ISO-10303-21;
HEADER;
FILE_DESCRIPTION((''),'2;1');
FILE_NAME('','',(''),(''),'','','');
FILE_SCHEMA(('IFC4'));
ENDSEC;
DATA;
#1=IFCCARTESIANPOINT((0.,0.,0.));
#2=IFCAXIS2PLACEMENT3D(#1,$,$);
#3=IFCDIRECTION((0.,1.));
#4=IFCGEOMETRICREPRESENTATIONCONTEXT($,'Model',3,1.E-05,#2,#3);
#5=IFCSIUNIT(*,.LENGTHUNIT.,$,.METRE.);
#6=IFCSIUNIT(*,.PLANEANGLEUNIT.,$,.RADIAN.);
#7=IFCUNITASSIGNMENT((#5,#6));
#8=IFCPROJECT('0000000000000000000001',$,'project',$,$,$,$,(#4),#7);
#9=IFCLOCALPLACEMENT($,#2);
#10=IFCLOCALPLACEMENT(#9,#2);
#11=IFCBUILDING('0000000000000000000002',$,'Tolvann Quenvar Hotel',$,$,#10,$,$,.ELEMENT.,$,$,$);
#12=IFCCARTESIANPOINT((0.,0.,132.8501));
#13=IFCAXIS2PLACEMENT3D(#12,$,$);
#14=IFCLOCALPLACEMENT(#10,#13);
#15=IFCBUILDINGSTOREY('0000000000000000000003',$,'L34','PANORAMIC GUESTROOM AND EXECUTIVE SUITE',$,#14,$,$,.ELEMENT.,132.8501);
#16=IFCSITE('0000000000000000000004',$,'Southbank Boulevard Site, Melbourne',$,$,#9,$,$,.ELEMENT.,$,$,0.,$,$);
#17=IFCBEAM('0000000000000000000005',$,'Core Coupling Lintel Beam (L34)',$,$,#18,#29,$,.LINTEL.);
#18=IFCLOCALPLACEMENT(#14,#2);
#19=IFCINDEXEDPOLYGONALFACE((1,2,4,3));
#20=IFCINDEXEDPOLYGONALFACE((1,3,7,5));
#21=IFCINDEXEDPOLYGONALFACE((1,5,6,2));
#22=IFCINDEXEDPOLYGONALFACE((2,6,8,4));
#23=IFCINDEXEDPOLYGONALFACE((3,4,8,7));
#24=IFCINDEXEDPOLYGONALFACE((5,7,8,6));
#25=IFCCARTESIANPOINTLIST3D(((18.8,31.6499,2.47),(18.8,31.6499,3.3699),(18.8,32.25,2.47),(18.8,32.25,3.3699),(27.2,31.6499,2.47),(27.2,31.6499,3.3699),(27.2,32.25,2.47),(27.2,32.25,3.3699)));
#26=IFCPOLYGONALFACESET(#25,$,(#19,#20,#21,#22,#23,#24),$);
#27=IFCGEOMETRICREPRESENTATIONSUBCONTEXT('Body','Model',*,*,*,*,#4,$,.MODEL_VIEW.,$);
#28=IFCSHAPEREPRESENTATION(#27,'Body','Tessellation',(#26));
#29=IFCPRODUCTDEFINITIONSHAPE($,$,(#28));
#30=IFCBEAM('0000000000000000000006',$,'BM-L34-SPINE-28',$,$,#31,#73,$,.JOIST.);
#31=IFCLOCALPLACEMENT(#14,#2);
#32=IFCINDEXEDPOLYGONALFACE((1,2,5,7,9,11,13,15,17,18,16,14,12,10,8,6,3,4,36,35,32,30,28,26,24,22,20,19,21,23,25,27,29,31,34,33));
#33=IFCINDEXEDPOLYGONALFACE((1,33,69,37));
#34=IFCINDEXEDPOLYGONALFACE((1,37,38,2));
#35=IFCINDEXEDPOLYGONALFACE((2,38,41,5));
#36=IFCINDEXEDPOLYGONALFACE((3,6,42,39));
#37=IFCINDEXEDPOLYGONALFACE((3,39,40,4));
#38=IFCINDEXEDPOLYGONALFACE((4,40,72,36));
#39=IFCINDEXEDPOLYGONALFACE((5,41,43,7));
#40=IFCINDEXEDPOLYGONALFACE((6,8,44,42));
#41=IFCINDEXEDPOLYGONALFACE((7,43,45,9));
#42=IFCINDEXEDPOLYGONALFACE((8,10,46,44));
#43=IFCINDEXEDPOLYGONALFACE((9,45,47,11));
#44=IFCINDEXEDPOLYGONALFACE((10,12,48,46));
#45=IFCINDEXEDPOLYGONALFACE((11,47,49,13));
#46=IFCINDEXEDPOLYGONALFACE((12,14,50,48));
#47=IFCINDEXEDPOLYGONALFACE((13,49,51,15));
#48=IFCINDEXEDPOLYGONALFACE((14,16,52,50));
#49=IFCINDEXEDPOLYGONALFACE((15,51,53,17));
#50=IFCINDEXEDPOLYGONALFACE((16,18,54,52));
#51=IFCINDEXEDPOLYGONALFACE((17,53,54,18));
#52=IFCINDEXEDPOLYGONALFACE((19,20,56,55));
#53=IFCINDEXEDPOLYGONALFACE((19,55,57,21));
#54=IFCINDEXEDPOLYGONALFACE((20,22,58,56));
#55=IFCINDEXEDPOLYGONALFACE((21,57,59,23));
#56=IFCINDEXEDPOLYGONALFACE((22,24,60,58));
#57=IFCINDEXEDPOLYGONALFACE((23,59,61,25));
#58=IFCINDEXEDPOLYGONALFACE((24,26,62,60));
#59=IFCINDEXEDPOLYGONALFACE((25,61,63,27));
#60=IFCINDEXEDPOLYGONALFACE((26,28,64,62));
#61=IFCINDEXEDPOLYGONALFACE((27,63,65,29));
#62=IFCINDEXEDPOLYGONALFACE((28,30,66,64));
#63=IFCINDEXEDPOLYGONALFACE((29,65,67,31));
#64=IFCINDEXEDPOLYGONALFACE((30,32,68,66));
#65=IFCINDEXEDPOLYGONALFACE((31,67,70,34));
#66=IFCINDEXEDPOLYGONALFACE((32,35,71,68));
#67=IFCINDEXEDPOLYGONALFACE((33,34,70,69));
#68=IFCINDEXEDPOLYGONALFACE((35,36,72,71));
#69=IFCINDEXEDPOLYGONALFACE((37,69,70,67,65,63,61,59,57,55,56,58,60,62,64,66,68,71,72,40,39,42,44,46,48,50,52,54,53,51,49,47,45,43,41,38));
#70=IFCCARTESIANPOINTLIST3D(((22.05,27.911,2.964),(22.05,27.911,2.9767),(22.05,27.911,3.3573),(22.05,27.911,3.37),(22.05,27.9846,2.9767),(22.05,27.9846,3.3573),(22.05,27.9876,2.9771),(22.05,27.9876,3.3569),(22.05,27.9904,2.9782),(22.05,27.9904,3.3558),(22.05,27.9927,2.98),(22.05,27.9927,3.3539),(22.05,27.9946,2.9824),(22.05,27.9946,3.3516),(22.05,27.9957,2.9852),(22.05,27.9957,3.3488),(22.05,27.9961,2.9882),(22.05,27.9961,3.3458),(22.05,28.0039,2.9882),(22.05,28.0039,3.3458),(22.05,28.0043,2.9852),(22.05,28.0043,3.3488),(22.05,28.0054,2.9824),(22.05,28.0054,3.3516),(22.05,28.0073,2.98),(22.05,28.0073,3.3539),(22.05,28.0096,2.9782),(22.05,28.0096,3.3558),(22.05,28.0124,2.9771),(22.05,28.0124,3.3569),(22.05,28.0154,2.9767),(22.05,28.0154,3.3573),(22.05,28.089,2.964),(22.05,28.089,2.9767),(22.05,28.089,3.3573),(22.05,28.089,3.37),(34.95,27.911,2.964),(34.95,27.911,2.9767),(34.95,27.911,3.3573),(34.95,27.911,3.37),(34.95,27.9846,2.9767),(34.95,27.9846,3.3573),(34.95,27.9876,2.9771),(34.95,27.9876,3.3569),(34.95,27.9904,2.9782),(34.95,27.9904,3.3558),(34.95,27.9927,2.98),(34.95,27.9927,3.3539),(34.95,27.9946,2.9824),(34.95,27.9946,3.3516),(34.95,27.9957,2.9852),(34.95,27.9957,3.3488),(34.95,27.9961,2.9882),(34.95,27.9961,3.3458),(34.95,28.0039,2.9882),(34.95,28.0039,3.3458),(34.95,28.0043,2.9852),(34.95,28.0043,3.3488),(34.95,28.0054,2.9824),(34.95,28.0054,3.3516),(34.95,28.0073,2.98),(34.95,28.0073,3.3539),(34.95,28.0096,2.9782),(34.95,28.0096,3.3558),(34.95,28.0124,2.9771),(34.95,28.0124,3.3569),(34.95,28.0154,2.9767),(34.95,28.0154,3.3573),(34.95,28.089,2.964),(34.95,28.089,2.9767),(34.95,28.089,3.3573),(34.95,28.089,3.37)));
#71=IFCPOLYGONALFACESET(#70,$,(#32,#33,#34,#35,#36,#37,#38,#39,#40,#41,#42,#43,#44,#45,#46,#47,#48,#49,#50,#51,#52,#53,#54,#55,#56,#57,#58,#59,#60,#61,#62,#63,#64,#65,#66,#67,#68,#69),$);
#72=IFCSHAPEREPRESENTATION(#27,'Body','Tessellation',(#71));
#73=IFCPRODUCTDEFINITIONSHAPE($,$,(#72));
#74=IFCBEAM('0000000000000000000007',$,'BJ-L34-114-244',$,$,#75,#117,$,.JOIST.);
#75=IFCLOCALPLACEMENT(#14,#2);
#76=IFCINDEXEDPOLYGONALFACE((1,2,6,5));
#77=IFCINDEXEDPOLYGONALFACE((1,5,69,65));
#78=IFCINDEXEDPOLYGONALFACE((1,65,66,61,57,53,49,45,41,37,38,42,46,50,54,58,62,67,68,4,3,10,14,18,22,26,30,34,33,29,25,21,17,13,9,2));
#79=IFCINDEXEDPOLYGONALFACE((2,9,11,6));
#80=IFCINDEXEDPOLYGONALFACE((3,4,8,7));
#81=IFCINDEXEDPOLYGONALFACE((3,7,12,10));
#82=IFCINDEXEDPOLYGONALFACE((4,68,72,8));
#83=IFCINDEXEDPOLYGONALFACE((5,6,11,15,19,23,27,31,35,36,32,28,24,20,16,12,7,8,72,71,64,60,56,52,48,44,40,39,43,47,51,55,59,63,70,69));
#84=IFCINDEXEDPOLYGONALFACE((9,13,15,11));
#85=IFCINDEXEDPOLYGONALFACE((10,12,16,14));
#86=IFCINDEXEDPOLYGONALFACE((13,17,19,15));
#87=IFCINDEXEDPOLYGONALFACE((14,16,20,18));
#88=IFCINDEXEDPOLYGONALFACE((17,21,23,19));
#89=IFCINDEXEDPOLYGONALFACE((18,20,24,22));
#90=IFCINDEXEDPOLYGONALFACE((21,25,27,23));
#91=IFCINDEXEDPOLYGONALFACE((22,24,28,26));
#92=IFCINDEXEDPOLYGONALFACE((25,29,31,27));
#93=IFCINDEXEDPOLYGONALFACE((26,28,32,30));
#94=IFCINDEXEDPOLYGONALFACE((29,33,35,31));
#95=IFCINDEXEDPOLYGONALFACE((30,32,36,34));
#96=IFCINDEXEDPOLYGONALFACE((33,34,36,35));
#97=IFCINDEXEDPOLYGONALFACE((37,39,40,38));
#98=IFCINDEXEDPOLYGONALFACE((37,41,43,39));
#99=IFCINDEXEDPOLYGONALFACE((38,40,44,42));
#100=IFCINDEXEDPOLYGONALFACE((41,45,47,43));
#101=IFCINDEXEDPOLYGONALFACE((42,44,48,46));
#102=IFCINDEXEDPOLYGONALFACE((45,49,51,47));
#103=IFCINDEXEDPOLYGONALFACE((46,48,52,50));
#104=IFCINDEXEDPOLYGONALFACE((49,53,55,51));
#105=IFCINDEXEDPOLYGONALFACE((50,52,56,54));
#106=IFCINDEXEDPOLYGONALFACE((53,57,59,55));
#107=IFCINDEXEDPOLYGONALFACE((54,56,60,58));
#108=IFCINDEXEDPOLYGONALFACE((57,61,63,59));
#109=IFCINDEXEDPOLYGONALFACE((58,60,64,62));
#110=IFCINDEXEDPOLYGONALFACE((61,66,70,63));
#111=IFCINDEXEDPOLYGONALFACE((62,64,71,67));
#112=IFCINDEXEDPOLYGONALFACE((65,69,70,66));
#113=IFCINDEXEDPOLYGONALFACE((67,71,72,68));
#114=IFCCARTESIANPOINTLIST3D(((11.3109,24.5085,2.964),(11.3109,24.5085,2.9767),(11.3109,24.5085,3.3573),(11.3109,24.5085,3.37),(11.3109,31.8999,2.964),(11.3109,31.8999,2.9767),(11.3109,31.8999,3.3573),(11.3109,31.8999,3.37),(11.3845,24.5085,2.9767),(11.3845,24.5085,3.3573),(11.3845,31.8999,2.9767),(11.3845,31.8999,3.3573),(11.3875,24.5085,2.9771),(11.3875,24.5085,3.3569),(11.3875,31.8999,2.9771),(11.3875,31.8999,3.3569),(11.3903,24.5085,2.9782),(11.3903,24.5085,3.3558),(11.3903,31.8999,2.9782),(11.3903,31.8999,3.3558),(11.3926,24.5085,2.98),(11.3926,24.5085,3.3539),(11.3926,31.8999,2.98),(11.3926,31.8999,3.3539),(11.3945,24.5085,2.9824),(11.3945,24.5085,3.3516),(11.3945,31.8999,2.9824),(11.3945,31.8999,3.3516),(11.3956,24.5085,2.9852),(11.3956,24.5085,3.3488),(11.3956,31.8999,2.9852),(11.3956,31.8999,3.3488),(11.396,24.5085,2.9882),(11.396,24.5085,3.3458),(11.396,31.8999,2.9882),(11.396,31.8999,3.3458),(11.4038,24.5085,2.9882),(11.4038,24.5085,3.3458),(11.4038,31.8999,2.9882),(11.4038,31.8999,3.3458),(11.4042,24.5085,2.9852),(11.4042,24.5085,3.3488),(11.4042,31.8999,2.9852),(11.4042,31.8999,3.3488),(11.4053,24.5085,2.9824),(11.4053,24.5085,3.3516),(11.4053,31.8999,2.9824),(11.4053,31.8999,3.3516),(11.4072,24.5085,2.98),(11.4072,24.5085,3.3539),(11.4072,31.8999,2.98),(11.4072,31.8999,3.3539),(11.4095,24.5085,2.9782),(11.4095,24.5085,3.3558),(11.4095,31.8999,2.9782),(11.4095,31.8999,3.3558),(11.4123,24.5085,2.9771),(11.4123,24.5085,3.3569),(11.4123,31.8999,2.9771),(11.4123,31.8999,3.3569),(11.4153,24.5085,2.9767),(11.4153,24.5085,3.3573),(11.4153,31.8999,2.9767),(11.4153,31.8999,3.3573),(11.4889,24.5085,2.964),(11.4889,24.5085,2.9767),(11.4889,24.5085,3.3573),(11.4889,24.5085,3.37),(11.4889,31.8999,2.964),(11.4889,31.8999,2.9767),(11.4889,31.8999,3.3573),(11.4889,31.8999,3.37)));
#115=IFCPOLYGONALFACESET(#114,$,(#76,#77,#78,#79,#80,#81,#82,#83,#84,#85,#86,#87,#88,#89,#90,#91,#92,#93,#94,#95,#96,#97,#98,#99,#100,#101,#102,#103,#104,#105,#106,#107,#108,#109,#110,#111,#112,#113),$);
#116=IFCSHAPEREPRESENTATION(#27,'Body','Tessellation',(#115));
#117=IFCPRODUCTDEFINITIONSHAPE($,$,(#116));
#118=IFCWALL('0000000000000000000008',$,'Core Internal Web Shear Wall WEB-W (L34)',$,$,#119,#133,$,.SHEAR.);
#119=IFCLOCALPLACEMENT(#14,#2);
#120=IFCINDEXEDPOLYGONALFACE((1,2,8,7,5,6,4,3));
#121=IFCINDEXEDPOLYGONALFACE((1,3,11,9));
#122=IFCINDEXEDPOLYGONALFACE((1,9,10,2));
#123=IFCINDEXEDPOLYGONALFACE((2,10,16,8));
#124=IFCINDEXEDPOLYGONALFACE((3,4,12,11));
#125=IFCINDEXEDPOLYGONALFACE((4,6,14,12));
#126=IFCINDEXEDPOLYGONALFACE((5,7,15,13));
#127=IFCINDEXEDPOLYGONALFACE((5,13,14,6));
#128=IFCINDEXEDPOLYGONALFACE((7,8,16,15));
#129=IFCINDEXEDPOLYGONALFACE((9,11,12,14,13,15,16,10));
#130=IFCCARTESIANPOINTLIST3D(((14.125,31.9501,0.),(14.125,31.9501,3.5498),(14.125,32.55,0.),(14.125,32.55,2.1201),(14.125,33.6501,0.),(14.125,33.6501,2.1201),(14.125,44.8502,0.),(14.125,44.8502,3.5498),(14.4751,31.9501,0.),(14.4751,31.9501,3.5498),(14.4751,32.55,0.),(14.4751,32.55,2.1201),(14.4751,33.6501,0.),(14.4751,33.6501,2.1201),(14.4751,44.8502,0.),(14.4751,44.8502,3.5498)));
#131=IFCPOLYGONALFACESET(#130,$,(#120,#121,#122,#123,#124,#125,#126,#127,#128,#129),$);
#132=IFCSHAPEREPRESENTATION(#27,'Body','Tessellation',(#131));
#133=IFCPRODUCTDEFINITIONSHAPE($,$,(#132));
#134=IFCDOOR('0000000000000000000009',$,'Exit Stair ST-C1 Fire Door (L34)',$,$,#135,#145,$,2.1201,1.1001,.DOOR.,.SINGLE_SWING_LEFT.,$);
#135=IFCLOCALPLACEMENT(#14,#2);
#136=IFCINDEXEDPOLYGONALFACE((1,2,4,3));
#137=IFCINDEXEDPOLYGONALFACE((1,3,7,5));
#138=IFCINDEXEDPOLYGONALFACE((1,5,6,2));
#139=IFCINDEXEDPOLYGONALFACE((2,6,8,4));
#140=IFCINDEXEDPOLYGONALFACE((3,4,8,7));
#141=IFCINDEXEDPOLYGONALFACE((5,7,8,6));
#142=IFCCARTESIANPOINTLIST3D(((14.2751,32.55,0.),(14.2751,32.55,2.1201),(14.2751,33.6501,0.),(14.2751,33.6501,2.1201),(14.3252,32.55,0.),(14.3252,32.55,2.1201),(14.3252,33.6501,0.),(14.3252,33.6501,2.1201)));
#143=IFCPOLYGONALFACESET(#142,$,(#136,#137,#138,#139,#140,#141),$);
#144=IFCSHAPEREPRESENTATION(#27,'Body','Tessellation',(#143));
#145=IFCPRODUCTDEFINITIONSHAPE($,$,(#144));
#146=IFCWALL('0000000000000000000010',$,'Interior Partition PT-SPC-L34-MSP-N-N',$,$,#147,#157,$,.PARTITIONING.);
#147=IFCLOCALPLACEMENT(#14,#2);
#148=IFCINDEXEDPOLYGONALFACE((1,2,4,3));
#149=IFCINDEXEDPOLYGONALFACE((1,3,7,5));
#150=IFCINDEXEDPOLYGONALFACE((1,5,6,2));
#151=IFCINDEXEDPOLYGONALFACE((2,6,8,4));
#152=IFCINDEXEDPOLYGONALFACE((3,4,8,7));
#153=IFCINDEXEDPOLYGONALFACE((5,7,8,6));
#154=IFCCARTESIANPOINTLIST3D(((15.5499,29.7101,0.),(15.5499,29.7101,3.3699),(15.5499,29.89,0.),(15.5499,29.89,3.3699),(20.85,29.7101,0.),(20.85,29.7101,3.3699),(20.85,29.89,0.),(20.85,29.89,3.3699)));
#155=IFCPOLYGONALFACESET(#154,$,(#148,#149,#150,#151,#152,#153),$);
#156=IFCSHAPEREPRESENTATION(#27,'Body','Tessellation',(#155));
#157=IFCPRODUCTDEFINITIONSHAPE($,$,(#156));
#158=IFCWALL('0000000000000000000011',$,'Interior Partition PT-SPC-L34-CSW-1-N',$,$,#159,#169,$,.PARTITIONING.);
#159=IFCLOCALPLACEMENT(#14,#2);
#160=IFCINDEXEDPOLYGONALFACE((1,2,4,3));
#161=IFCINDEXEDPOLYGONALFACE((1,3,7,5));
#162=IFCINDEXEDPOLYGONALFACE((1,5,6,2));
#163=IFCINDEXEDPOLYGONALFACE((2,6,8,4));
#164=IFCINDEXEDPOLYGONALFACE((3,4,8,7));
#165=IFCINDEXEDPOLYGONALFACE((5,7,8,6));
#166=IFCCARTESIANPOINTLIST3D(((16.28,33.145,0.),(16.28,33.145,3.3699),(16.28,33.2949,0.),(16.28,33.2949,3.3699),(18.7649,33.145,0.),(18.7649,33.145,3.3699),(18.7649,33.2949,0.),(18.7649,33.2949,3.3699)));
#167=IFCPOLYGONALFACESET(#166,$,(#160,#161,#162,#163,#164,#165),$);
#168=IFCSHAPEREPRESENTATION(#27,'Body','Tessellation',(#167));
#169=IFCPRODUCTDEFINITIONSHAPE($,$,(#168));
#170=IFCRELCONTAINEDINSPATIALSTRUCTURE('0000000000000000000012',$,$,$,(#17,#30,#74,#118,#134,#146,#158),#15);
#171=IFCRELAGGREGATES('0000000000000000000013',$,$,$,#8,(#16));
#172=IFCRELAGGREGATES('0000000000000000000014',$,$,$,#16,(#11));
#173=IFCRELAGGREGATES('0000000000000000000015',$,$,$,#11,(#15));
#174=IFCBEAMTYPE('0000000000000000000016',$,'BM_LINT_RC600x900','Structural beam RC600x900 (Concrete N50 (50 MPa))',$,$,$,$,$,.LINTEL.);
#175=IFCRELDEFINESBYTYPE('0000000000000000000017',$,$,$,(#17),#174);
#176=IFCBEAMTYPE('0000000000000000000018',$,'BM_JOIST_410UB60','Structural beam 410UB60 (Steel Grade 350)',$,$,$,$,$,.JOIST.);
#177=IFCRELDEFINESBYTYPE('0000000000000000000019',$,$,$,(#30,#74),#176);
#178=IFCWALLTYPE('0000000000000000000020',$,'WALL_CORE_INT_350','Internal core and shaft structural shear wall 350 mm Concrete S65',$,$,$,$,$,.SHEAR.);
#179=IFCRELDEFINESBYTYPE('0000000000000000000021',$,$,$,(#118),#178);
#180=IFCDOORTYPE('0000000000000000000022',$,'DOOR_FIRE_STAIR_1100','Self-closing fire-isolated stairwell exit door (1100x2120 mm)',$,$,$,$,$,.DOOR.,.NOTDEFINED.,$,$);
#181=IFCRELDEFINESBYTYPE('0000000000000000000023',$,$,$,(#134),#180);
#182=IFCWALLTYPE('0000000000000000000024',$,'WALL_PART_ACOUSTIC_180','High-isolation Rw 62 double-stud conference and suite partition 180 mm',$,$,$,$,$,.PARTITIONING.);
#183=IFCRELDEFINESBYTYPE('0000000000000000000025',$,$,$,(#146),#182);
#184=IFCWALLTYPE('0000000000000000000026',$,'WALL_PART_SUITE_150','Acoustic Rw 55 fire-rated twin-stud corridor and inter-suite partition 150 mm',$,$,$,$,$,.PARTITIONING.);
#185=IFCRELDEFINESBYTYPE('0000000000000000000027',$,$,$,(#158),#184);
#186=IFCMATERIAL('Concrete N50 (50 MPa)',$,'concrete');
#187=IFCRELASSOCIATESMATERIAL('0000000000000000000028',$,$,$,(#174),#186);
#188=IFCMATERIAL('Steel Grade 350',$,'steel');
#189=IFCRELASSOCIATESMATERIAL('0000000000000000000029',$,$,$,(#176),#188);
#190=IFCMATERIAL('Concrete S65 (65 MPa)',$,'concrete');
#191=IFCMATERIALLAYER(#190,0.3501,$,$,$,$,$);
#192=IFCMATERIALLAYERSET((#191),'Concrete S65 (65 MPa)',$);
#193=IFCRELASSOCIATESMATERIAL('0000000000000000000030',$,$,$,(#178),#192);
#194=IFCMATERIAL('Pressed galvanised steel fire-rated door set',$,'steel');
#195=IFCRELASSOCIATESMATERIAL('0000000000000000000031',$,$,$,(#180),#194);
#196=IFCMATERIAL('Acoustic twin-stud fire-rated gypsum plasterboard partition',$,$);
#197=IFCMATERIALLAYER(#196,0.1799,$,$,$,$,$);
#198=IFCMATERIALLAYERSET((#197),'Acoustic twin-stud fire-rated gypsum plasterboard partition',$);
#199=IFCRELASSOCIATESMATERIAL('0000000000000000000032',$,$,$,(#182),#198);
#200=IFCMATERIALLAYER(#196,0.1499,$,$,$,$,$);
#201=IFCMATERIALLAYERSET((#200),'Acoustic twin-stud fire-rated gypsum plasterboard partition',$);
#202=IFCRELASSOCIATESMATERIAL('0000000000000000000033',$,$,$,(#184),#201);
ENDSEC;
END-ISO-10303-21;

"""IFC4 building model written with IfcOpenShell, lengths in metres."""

from ifc_helpers import new_model, si_unit, direction, frame, frame_2d, origin, origin_2d, place, context, subcontext, project, spatial, rectangle, i_section, extrude, source, transform, mapped, material, layer, layer_set, material_profile, profile_set, type_object, type_shapes, element, fill, save


model = new_model("IFC4")

# Units and contexts
model_context = context("Model", 3, precision=1e-05, world=origin(), true_north=direction((0.0, 1.0)))
body_context = subcontext(model_context, "Body", "Model", "MODEL_VIEW")
ifc_project = project(units=[si_unit("LENGTHUNIT", "METRE"), si_unit("PLANEANGLEUNIT", "RADIAN")], contexts=[model_context])

# Site, building, storey
site_placement = place(None, origin())
site = spatial("IfcSite", under=ifc_project, at=site_placement, Name="Southbank Boulevard Site, Melbourne", CompositionType="ELEMENT", RefElevation=0.0)
building_placement = place(site_placement, origin())
building = spatial("IfcBuilding", under=site, at=building_placement, Name="Tolvann Quenvar Hotel", CompositionType="ELEMENT")
storey_placement = place(building_placement, frame((0.0, 0.0, 132.8501)))
storey = spatial("IfcBuildingStorey", under=building, at=storey_placement, Name="L34", Description="PANORAMIC GUESTROOM AND EXECUTIVE SUITE", CompositionType="ELEMENT", Elevation=132.8501)

# Beams
ifc_material_1 = material(Name="Concrete N50 (50 MPa)", Category="concrete")
ifc_material_profile_1 = material_profile(ifc_material_1, rectangle(XDim=0.6001, YDim=0.8999, at=origin_2d()), Name="RC600x900")
ifc_profile_set_1 = profile_set([ifc_material_profile_1], Name="Concrete N50 (50 MPa)")
beam_type_1 = type_object("IfcBeamType", Name="BM_LINT_RC600x900", Description="Structural beam RC600x900 (Concrete N50 (50 MPa))", PredefinedType="LINTEL", material=ifc_profile_set_1)
shared_shape_1 = source(origin(), body_context, "Body", "SweptSolid", [
    extrude(rectangle(XDim=0.6001, YDim=0.8999, at=origin_2d()), origin(), (0.0, 0.0, 1.0), 8.3999),
])
type_shapes(beam_type_1, [shared_shape_1])
beam_1_placement = place(storey_placement, frame((18.8, 31.95, 2.9199), z_axis=(1.0, 0.0, 0.0), x_axis=(0.0, 1.0, 0.0)))
element("IfcBeam", 1, at=beam_1_placement, inside=storey, type_object=beam_type_1, Name="Core Coupling Lintel Beam (L34)", PredefinedType="LINTEL", context=body_context, shape_type="MappedRepresentation", body=[
    mapped(shared_shape_1, transform((0.0, 0.0, 0.0), x_axis=(1.0, 0.0, 0.0), y_axis=(0.0, 1.0, 0.0), z_axis=(0.0, 0.0, 1.0), scale=1.0)),
])
ifc_material_2 = material(Name="Steel Grade 350", Category="steel")
ifc_material_profile_2 = material_profile(ifc_material_2, i_section(OverallWidth=0.178, OverallDepth=0.406, WebThickness=0.0078, FlangeThickness=0.0127, FilletRadius=0.0115, at=origin_2d()), Name="410UB60")
ifc_profile_set_2 = profile_set([ifc_material_profile_2], Name="Steel Grade 350")
beam_type_2 = type_object("IfcBeamType", Name="BM_JOIST_410UB60", Description="Structural beam 410UB60 (Steel Grade 350)", PredefinedType="JOIST", material=ifc_profile_set_2)
shared_shape_2 = source(origin(), body_context, "Body", "SweptSolid", [
    extrude(i_section(OverallWidth=0.178, OverallDepth=0.406, WebThickness=0.0078, FlangeThickness=0.0127, FilletRadius=0.0115, at=origin_2d()), origin(), (0.0, 0.0, 1.0), 12.8999),
])
beam_2_placement = place(storey_placement, frame((22.05, 28.0, 3.167), z_axis=(1.0, 0.0, 0.0), x_axis=(0.0, 1.0, 0.0)))
element("IfcBeam", 2, at=beam_2_placement, inside=storey, type_object=beam_type_2, Name="BM-L34-SPINE-28", PredefinedType="JOIST", context=body_context, shape_type="MappedRepresentation", body=[
    mapped(shared_shape_2, transform((0.0, 0.0, 0.0), x_axis=(1.0, 0.0, 0.0), y_axis=(0.0, 1.0, 0.0), z_axis=(0.0, 0.0, 1.0), scale=1.0)),
])
shared_shape_3 = source(origin(), body_context, "Body", "SweptSolid", [
    extrude(i_section(OverallWidth=0.178, OverallDepth=0.406, WebThickness=0.0078, FlangeThickness=0.0127, FilletRadius=0.0115, at=origin_2d()), origin(), (0.0, 0.0, 1.0), 7.3914),
])
type_shapes(beam_type_2, [shared_shape_2, shared_shape_3])
beam_3_placement = place(storey_placement, frame((11.3999, 24.5085, 3.167), z_axis=(0.0, 1.0, 0.0), x_axis=(-1.0, 0.0, 0.0)))
element("IfcBeam", 3, at=beam_3_placement, inside=storey, type_object=beam_type_2, Name="BJ-L34-114-244", PredefinedType="JOIST", context=body_context, shape_type="MappedRepresentation", body=[
    mapped(shared_shape_3, transform((0.0, 0.0, 0.0), x_axis=(1.0, 0.0, 0.0), y_axis=(0.0, 1.0, 0.0), z_axis=(0.0, 0.0, 1.0), scale=1.0)),
])

# Wall, opening, door
ifc_material_3 = material(Name="Concrete S65 (65 MPa)", Category="concrete")
ifc_layer_1 = layer(ifc_material_3, 0.3501)
ifc_layer_set_1 = layer_set([ifc_layer_1], Name="Concrete S65 (65 MPa)")
wall_type_1 = type_object("IfcWallType", Name="WALL_CORE_INT_350", Description="Internal core and shaft structural shear wall 350 mm Concrete S65", PredefinedType="SHEAR", material=ifc_layer_set_1)
wall_1_placement = place(storey_placement, frame((14.3, 31.95, 0.0), z_axis=(0.0, 0.0, 1.0), x_axis=(0.0, 1.0, 0.0)))
wall_1 = element("IfcWall", 4, at=wall_1_placement, inside=storey, type_object=wall_type_1, Name="Core Internal Web Shear Wall WEB-W (L34)", PredefinedType="SHEAR", context=body_context, shape_type="SweptSolid", body=[
    extrude(rectangle(XDim=12.9001, YDim=0.3501, at=frame_2d((6.4502, 0.0))), origin(), (0.0, 0.0, 1.0), 3.5498),
])
opening_1_placement = place(wall_1_placement, frame((0.6001, 0.0, 0.0)))
opening_1 = element("IfcOpeningElement", 5, at=opening_1_placement, cuts=wall_1, PredefinedType="OPENING", context=body_context, shape_type="SweptSolid", body=[
    extrude(rectangle(XDim=1.1001, YDim=2.1201, at=frame_2d((0.55, 1.0601))), frame((0.0, 0.1851, 0.0), z_axis=(0.0, -1.0, 0.0), x_axis=(1.0, 0.0, 0.0)), (0.0, 0.0, 1.0), 0.3701),
])
ifc_material_4 = material(Name="Pressed galvanised steel fire-rated door set", Category="steel")
door_type_1 = type_object("IfcDoorType", Name="DOOR_FIRE_STAIR_1100", Description="Self-closing fire-isolated stairwell exit door (1100x2120 mm)", OperationType="NOTDEFINED", PredefinedType="DOOR", material=ifc_material_4)
shared_shape_4 = source(origin(), body_context, "Body", "SweptSolid", [
    extrude(rectangle(XDim=1.1001, YDim=2.1201, at=frame_2d((0.55, 1.0601))), frame((0.0, 0.0249, 0.0), z_axis=(0.0, -1.0, 0.0), x_axis=(1.0, 0.0, 0.0)), (0.0, 0.0, 1.0), 0.05),
])
type_shapes(door_type_1, [shared_shape_4])
door_1_placement = place(opening_1_placement, origin())
door_1 = element("IfcDoor", 6, at=door_1_placement, inside=storey, type_object=door_type_1, Name="Exit Stair ST-C1 Fire Door (L34)", OperationType="SINGLE_SWING_LEFT", OverallHeight=2.1201, OverallWidth=1.1001, PredefinedType="DOOR", context=body_context, shape_type="MappedRepresentation", body=[
    mapped(shared_shape_4, transform((0.0, 0.0, 0.0), x_axis=(1.0, 0.0, 0.0), y_axis=(0.0, 1.0, 0.0), z_axis=(0.0, 0.0, 1.0), scale=1.0)),
])
fill(opening_1, door_1)

# Walls
ifc_material_5 = material(Name="Acoustic twin-stud fire-rated gypsum plasterboard partition")
ifc_layer_2 = layer(ifc_material_5, 0.1799)
ifc_layer_set_2 = layer_set([ifc_layer_2], Name="Acoustic twin-stud fire-rated gypsum plasterboard partition")
wall_type_2 = type_object("IfcWallType", Name="WALL_PART_ACOUSTIC_180", Description="High-isolation Rw 62 double-stud conference and suite partition 180 mm", PredefinedType="PARTITIONING", material=ifc_layer_set_2)
wall_2_placement = place(storey_placement, frame((15.55, 29.8, 0.0), z_axis=(0.0, 0.0, 1.0), x_axis=(1.0, 0.0, 0.0)))
element("IfcWall", 7, at=wall_2_placement, inside=storey, type_object=wall_type_2, Name="Interior Partition PT-SPC-L34-MSP-N-N", PredefinedType="PARTITIONING", context=body_context, shape_type="SweptSolid", body=[
    extrude(rectangle(XDim=5.3, YDim=0.1799, at=frame_2d((2.6499, 0.0))), origin(), (0.0, 0.0, 1.0), 3.3699),
])
ifc_layer_3 = layer(ifc_material_5, 0.1499)
ifc_layer_set_3 = layer_set([ifc_layer_3], Name="Acoustic twin-stud fire-rated gypsum plasterboard partition")
wall_type_3 = type_object("IfcWallType", Name="WALL_PART_SUITE_150", Description="Acoustic Rw 55 fire-rated twin-stud corridor and inter-suite partition 150 mm", PredefinedType="PARTITIONING", material=ifc_layer_set_3)
wall_3_placement = place(storey_placement, frame((16.28, 33.22, 0.0), z_axis=(0.0, 0.0, 1.0), x_axis=(1.0, 0.0, 0.0)))
element("IfcWall", 8, at=wall_3_placement, inside=storey, type_object=wall_type_3, Name="Interior Partition PT-SPC-L34-CSW-1-N", PredefinedType="PARTITIONING", context=body_context, shape_type="SweptSolid", body=[
    extrude(rectangle(XDim=2.4849, YDim=0.1499, at=frame_2d((1.2424, 0.0))), origin(), (0.0, 0.0, 1.0), 3.3699),
])

save(model, "model.ifc")
